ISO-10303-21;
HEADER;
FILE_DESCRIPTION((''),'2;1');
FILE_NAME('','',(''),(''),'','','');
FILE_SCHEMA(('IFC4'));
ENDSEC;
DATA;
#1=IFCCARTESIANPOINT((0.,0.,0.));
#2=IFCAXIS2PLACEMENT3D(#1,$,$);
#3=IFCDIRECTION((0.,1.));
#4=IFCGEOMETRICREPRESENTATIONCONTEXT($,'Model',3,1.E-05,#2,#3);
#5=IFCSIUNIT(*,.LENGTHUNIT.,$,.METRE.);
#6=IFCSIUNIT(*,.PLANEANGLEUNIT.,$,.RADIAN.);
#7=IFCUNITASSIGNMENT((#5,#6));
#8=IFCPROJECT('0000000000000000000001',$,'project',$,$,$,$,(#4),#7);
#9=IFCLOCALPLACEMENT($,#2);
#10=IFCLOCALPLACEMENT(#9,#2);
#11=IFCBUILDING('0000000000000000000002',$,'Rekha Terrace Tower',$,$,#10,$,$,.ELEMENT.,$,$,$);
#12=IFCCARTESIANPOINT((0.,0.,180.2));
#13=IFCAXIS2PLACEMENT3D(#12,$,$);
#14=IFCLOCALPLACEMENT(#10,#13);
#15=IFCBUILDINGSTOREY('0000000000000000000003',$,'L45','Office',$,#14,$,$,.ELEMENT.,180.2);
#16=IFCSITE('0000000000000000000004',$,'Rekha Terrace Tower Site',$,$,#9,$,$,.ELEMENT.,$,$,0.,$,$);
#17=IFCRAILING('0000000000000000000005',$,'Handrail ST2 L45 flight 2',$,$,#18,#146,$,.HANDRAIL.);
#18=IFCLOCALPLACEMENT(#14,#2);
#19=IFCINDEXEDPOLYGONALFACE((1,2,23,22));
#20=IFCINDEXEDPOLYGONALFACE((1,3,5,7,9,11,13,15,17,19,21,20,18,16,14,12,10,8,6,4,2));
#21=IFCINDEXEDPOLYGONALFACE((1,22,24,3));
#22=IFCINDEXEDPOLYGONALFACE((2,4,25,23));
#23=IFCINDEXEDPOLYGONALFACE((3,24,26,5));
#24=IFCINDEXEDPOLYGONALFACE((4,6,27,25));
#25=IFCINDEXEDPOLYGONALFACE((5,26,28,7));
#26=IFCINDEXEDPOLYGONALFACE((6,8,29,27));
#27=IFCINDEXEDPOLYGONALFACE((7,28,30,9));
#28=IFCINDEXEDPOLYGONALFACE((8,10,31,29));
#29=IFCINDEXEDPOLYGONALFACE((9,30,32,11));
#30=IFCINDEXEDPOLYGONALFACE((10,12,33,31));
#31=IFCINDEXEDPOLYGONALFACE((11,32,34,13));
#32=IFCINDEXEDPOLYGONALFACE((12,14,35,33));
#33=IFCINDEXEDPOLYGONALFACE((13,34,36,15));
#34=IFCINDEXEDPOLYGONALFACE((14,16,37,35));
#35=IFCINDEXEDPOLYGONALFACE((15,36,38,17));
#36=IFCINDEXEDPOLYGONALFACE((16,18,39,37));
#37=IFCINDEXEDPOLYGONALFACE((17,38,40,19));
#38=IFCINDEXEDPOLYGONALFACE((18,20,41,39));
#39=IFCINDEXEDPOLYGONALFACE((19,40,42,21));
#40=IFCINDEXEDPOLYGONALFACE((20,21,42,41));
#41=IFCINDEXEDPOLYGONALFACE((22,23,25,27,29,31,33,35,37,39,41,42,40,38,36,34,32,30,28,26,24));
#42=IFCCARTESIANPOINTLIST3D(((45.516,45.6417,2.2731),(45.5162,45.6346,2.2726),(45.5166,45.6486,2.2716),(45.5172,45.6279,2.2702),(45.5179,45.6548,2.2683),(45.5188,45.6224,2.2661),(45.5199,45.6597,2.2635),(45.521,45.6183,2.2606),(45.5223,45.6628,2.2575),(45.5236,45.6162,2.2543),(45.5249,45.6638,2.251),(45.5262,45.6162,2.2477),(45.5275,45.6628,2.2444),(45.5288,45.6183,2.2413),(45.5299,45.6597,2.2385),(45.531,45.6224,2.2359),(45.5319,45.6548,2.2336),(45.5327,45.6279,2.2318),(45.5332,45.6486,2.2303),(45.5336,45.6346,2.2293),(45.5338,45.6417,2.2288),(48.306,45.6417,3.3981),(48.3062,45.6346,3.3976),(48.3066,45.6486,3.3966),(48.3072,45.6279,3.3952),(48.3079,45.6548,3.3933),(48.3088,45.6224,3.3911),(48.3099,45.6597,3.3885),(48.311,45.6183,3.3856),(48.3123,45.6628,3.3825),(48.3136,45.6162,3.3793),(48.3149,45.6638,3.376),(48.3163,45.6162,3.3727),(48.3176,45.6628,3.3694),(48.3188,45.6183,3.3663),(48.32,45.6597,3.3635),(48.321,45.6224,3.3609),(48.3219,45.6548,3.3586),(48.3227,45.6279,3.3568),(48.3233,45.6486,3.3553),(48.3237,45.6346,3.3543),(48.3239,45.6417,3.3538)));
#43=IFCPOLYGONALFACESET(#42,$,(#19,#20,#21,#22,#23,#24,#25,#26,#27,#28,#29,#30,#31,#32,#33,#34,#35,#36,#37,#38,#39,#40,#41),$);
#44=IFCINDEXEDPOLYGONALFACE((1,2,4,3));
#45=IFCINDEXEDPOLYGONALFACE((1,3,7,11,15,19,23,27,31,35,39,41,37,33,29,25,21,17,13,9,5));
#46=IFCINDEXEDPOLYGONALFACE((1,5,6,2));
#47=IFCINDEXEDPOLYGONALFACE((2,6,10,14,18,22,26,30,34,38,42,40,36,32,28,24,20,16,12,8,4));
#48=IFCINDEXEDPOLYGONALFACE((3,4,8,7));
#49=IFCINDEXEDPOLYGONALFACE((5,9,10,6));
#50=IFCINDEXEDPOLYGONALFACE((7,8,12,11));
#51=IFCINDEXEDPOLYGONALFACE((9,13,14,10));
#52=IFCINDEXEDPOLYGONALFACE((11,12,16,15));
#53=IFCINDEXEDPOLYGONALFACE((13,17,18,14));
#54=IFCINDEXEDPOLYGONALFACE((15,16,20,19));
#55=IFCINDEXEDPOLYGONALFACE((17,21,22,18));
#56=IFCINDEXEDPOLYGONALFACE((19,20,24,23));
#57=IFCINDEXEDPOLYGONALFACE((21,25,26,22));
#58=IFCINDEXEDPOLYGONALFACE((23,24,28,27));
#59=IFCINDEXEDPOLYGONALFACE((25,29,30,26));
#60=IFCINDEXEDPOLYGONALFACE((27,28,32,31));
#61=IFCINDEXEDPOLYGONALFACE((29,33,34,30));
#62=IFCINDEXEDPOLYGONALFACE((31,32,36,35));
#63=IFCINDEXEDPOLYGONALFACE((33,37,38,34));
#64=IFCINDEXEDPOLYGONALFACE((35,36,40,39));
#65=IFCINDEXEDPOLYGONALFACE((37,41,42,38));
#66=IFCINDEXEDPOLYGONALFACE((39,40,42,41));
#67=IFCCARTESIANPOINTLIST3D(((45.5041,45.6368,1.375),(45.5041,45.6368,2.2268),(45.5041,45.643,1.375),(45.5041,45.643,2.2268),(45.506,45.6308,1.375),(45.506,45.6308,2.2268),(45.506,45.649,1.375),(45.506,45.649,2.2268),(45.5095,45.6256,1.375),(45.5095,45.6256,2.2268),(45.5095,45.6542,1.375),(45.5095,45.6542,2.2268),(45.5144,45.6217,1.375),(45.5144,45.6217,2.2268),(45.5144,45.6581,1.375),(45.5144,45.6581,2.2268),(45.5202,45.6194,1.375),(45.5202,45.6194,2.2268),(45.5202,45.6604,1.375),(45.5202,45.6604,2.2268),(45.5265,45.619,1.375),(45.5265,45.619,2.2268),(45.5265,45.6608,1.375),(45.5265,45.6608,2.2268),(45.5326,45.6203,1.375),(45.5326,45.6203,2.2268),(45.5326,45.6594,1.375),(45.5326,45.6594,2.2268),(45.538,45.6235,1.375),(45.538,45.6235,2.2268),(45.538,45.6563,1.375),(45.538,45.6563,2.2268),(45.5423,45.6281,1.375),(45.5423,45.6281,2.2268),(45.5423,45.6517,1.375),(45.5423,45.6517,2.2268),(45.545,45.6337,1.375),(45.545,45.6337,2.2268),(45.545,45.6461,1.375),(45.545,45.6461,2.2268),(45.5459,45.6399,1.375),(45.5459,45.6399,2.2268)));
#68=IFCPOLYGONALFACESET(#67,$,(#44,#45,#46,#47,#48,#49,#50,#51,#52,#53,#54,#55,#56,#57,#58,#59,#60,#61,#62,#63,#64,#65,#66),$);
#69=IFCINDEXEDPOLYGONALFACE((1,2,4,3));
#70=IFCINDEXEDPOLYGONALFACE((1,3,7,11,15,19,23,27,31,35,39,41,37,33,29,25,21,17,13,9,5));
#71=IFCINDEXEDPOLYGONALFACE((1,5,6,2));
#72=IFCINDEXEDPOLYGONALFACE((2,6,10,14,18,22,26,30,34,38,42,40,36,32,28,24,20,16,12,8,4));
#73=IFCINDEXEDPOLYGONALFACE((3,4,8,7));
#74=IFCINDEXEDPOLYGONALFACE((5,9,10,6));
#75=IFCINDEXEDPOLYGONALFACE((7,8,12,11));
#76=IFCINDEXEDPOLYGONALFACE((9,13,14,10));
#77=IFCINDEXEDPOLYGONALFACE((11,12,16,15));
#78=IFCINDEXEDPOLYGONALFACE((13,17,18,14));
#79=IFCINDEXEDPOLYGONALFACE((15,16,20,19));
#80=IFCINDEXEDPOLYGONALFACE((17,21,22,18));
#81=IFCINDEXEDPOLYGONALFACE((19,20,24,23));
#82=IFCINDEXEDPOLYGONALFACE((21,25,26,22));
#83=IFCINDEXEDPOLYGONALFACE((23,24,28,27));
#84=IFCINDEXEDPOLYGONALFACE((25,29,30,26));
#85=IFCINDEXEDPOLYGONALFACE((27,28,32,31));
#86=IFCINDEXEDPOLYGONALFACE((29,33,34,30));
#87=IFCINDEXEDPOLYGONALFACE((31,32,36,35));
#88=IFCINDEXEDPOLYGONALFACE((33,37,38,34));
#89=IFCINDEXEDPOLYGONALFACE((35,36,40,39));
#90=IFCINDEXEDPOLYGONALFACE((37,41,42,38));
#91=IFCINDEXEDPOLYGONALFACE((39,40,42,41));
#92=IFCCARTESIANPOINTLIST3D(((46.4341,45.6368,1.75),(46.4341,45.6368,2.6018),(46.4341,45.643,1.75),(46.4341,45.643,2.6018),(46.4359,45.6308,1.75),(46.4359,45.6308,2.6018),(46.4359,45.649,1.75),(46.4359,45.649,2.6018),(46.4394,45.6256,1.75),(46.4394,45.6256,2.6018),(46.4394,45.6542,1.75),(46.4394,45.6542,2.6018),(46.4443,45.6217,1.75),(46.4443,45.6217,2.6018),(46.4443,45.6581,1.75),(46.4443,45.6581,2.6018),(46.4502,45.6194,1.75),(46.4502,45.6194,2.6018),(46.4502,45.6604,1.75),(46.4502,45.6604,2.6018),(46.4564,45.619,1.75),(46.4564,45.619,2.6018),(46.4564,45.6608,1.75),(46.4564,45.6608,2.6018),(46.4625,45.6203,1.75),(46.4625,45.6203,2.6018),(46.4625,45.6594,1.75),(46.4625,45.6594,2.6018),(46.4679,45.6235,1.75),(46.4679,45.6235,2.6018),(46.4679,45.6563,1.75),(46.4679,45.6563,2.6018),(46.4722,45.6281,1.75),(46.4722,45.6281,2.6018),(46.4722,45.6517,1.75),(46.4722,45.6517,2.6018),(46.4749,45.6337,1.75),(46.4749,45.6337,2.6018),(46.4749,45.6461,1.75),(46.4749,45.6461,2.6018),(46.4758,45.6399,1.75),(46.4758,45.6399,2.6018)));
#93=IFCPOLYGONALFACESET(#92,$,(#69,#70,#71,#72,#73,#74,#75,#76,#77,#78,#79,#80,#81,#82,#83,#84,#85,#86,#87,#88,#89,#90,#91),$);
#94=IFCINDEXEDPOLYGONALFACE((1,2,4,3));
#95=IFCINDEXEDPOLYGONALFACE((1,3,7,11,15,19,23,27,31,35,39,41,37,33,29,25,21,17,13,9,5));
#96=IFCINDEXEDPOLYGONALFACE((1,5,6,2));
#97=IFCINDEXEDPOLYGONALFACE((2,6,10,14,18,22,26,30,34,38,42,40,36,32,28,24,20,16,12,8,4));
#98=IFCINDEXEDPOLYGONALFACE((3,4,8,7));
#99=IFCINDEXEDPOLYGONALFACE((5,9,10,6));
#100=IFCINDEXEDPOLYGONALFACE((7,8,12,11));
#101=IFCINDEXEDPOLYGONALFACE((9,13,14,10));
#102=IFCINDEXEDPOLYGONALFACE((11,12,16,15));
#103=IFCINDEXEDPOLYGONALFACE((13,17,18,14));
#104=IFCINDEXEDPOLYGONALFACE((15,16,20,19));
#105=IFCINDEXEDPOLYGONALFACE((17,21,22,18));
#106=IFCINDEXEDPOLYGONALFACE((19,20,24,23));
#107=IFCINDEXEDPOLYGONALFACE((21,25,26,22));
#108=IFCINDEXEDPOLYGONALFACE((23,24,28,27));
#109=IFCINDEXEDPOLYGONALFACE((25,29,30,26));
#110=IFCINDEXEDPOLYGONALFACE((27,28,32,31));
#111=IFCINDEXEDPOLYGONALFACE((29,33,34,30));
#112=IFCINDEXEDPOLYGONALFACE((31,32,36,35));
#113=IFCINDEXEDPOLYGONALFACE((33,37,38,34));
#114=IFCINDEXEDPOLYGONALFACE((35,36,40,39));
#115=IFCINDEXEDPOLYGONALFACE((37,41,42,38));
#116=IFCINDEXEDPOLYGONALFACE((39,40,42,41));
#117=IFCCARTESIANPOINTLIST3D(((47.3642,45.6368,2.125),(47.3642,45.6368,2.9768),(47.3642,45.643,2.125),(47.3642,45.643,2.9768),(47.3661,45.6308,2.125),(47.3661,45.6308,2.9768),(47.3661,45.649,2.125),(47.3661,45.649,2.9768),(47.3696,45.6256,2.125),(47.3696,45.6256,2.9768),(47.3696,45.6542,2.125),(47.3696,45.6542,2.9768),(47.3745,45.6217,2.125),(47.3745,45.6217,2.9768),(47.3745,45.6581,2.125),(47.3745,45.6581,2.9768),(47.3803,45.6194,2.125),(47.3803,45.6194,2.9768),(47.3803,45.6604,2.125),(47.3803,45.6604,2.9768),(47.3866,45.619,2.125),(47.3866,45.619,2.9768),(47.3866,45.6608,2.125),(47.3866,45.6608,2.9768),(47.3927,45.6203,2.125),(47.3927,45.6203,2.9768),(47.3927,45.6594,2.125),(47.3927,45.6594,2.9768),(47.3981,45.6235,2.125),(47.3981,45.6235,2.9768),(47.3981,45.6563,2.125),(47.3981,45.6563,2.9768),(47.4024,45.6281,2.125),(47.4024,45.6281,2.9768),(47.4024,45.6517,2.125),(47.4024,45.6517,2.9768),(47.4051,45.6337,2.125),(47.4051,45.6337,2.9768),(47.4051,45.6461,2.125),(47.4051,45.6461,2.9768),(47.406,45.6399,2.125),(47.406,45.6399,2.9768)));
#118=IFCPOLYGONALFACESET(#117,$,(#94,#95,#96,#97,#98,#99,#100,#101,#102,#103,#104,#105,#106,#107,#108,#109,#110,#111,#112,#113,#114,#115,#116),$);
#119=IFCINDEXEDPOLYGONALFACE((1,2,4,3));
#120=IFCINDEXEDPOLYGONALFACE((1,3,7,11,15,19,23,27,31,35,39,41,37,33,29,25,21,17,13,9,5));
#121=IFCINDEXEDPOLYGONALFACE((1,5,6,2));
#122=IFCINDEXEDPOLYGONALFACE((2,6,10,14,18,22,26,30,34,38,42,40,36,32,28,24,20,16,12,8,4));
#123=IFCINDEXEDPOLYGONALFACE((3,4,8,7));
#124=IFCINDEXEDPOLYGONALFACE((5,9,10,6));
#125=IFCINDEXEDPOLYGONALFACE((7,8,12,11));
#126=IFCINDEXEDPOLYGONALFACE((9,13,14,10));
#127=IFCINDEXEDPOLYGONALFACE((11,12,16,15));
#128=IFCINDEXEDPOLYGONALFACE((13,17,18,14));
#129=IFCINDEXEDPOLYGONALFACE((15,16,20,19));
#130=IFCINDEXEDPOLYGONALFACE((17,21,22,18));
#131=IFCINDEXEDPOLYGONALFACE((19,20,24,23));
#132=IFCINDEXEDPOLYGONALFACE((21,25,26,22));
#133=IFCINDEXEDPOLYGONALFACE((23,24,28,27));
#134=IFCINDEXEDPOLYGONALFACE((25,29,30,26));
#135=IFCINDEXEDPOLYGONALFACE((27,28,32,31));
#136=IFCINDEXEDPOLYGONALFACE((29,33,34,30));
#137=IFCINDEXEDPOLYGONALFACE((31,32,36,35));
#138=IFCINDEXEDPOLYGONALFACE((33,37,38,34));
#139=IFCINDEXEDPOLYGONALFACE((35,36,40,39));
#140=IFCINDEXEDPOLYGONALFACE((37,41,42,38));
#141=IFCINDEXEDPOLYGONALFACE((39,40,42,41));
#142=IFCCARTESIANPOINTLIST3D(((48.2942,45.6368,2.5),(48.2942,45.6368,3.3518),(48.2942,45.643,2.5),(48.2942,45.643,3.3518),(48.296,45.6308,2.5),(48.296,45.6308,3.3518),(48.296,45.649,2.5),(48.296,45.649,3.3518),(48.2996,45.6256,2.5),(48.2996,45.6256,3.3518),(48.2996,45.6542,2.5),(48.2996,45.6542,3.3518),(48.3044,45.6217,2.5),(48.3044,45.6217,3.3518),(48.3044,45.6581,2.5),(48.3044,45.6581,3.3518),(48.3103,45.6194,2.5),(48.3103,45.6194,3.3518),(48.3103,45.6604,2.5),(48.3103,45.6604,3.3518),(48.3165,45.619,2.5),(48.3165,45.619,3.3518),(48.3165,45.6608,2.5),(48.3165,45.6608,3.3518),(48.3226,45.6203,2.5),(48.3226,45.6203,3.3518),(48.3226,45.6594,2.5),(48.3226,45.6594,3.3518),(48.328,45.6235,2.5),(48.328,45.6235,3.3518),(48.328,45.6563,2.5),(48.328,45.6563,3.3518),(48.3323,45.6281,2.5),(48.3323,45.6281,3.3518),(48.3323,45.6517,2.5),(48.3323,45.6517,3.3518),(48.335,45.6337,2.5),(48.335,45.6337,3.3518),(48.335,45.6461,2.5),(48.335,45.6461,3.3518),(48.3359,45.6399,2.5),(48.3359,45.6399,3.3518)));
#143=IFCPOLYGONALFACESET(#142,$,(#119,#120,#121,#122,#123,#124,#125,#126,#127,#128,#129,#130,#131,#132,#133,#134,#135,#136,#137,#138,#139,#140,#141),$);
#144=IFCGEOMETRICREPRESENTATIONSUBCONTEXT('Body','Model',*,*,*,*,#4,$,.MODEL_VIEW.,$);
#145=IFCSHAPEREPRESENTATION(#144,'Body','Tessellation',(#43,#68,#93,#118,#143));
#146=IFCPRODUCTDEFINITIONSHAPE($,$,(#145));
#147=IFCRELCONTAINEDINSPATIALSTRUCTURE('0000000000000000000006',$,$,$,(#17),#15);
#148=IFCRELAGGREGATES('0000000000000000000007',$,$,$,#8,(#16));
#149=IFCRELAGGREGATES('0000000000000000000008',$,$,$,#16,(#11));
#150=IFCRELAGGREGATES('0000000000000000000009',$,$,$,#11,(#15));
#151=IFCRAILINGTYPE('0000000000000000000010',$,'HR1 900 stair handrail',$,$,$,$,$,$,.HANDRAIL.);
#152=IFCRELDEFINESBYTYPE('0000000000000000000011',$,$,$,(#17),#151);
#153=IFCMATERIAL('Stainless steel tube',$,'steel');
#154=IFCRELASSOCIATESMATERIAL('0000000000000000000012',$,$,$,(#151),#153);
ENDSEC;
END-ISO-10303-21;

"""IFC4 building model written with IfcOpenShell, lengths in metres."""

from ifc_helpers import new_model, si_unit, direction, frame, origin, origin_2d, place, context, subcontext, project, spatial, circle, extrude, material, type_object, element, save


model = new_model("IFC4")

# Units and contexts
model_context = context("Model", 3, precision=1e-05, world=origin(), true_north=direction((0.0, 1.0)))
body_context = subcontext(model_context, "Body", "Model", "MODEL_VIEW")
ifc_project = project(units=[si_unit("LENGTHUNIT", "METRE"), si_unit("PLANEANGLEUNIT", "RADIAN")], contexts=[model_context])

# Site, building, storey
site_placement = place(None, origin())
site = spatial("IfcSite", under=ifc_project, at=site_placement, Name="Rekha Terrace Tower Site", CompositionType="ELEMENT", RefElevation=0.0)
building_placement = place(site_placement, origin())
building = spatial("IfcBuilding", under=site, at=building_placement, Name="Rekha Terrace Tower", CompositionType="ELEMENT")
storey_placement = place(building_placement, frame((0.0, 0.0, 180.2)))
storey = spatial("IfcBuildingStorey", under=building, at=storey_placement, Name="L45", Description="Office", CompositionType="ELEMENT", Elevation=180.2)

# Railing
ifc_material_1 = material(Name="Stainless steel tube", Category="steel")
railing_type_1 = type_object("IfcRailingType", Name="HR1 900 stair handrail", PredefinedType="HANDRAIL", material=ifc_material_1)
railing_1_placement = place(storey_placement, frame((45.5249, 45.6399, 1.375)))
element("IfcRailing", 1, at=railing_1_placement, inside=storey, type_object=railing_type_1, Name="Handrail ST2 L45 flight 2", PredefinedType="HANDRAIL", context=body_context, shape_type="SweptSolid", body=[
    extrude(circle(Radius=0.0239, at=origin_2d()), frame((0.0, 0.0, 0.876), z_axis=(0.927443, 0.0, 0.373964), x_axis=(0.0, 1.0, 0.0)), (0.0, 0.0, 1.0), 3.0083),
    extrude(circle(Radius=0.021, at=origin_2d()), origin(), (0.0, 0.0, 1.0), 0.8518),
    extrude(circle(Radius=0.021, at=origin_2d()), frame((0.9299, 0.0, 0.375)), (0.0, 0.0, 1.0), 0.8518),
    extrude(circle(Radius=0.021, at=origin_2d()), frame((1.8601, 0.0, 0.75)), (0.0, 0.0, 1.0), 0.8518),
    extrude(circle(Radius=0.021, at=origin_2d()), frame((2.79, 0.0, 1.125)), (0.0, 0.0, 1.0), 0.8518),
])

save(model, "model.ifc")
